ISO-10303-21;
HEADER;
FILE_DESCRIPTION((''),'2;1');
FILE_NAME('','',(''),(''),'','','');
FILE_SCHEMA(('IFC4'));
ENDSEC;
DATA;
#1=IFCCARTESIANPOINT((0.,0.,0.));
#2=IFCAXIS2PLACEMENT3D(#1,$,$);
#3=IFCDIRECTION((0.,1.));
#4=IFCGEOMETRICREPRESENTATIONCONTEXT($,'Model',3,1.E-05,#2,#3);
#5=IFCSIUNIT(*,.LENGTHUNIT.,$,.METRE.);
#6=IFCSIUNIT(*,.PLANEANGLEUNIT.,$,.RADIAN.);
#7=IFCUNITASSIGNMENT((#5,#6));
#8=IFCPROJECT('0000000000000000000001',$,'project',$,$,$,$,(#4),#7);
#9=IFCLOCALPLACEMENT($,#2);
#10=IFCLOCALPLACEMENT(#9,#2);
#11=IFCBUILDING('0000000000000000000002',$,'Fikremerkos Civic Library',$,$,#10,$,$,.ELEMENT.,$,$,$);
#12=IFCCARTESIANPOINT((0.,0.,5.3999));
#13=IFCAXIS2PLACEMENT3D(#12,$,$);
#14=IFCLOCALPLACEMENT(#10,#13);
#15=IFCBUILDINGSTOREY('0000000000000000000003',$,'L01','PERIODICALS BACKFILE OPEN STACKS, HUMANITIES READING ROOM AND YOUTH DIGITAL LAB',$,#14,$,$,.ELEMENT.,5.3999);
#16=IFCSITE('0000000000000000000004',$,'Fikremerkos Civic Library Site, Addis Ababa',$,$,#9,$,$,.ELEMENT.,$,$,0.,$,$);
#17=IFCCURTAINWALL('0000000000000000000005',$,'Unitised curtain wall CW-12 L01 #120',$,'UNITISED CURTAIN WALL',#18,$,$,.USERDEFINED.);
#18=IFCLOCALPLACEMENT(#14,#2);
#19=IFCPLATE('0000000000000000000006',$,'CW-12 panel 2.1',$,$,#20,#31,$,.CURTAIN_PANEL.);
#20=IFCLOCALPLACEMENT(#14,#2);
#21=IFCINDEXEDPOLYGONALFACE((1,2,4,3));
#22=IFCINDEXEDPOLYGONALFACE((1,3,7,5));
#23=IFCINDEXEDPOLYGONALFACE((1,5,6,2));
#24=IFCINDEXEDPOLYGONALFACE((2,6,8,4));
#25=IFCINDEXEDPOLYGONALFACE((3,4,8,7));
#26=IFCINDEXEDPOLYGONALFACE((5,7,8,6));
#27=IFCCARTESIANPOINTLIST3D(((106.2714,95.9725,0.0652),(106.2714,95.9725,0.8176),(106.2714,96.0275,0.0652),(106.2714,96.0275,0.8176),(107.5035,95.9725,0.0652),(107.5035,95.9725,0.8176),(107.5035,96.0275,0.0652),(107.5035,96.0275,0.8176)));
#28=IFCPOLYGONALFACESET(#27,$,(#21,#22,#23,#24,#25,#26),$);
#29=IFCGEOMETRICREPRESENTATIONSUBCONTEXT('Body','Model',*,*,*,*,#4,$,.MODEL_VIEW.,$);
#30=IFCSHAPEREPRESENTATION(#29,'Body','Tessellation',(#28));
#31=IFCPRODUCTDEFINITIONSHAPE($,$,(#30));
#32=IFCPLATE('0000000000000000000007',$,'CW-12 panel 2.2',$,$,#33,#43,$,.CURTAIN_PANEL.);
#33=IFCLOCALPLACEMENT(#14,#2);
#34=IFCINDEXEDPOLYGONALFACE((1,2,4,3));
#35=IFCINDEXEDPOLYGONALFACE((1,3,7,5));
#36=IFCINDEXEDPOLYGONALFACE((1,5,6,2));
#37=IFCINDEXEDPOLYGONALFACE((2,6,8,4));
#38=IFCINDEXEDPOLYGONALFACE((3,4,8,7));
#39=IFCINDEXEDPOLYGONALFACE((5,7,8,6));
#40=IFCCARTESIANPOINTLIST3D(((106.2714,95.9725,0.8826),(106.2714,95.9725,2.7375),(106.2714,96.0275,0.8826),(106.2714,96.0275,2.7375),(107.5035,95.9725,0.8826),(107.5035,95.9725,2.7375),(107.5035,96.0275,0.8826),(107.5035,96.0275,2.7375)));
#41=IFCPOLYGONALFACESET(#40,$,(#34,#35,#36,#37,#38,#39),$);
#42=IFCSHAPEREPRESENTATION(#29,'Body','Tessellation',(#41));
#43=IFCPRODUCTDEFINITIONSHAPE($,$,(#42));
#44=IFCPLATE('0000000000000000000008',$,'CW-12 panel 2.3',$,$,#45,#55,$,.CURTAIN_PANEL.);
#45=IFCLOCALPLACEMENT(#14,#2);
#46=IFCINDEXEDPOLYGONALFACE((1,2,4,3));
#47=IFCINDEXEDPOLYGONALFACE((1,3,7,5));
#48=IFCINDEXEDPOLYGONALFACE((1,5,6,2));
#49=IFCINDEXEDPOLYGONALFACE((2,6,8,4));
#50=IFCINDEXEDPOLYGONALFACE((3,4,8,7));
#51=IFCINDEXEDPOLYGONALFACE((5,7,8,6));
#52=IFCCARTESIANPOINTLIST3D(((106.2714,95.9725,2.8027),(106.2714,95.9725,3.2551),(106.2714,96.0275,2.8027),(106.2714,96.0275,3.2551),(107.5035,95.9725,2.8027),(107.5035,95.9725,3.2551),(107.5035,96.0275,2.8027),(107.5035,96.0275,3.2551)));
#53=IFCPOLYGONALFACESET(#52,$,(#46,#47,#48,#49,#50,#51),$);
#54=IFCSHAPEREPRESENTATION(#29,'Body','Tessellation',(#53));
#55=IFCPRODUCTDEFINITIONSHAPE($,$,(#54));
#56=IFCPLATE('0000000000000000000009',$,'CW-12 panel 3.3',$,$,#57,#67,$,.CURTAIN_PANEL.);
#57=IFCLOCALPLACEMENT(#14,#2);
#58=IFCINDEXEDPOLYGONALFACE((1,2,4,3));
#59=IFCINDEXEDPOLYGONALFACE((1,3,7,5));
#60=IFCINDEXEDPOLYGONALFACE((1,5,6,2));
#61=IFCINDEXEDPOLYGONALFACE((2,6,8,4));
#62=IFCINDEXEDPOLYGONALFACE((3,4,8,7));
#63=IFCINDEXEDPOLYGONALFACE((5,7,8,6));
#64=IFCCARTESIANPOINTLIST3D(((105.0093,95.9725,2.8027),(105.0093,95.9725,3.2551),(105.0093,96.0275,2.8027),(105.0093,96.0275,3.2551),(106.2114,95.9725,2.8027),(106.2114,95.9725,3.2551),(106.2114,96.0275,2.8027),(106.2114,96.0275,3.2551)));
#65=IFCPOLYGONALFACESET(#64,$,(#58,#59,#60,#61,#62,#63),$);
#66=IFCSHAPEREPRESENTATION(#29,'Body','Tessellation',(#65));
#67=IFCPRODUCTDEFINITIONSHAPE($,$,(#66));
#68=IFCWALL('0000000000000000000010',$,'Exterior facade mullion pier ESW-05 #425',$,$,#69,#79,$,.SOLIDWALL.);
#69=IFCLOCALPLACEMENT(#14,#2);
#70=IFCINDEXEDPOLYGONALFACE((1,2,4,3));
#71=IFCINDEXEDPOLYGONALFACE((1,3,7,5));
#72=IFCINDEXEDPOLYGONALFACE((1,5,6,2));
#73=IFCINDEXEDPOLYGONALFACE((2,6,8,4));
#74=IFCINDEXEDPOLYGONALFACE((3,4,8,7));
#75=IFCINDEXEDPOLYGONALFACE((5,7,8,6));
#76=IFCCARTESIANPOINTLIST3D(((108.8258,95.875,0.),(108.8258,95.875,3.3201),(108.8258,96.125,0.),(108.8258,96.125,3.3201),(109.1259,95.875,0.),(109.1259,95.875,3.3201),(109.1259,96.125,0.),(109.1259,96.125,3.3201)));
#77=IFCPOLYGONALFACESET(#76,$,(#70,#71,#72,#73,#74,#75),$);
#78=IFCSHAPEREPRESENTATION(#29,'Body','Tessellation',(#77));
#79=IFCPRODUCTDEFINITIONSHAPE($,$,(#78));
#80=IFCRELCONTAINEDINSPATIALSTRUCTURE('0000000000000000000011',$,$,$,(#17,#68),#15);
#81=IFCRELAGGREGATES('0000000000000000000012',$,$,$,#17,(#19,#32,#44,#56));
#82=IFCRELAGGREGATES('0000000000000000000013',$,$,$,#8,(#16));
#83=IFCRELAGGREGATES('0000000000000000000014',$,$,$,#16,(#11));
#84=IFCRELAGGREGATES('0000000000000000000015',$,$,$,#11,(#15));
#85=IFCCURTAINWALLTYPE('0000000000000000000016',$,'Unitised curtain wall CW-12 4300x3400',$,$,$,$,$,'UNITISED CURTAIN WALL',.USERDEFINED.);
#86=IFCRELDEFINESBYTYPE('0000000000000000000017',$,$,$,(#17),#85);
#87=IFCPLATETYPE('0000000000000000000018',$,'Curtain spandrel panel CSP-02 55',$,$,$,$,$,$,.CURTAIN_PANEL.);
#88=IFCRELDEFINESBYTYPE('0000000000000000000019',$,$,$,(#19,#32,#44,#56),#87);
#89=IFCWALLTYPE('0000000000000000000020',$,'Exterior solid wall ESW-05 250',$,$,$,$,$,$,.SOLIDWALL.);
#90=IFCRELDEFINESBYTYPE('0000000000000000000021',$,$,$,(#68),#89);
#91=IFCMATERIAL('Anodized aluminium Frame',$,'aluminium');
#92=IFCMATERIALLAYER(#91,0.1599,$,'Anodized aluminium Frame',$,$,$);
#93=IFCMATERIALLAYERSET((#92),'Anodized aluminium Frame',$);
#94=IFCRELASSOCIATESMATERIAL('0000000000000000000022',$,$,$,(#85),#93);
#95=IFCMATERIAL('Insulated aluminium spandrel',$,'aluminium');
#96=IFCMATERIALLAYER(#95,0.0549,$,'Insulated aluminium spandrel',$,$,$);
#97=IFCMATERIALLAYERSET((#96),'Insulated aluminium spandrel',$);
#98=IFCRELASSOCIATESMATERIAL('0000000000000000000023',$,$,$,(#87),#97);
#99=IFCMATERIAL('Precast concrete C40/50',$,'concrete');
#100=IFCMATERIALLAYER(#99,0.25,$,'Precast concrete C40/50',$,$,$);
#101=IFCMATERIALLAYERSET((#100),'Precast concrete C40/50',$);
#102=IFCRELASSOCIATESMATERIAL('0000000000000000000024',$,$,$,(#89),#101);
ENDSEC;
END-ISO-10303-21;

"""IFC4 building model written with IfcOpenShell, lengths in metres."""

from ifc_helpers import new_model, si_unit, direction, frame, frame_2d, origin, origin_2d, place, context, subcontext, project, spatial, rectangle, extrude, material, layer, layer_set, type_object, element, aggregate, save


model = new_model("IFC4")

# Units and contexts
model_context = context("Model", 3, precision=1e-05, world=origin(), true_north=direction((0.0, 1.0)))
body_context = subcontext(model_context, "Body", "Model", "MODEL_VIEW")
ifc_project = project(units=[si_unit("LENGTHUNIT", "METRE"), si_unit("PLANEANGLEUNIT", "RADIAN")], contexts=[model_context])

# Site, building, storey
site_placement = place(None, origin())
site = spatial("IfcSite", under=ifc_project, at=site_placement, Name="Fikremerkos Civic Library Site, Addis Ababa", CompositionType="ELEMENT", RefElevation=0.0)
building_placement = place(site_placement, origin())
building = spatial("IfcBuilding", under=site, at=building_placement, Name="Fikremerkos Civic Library", CompositionType="ELEMENT")
storey_placement = place(building_placement, frame((0.0, 0.0, 5.3999)))
storey = spatial("IfcBuildingStorey", under=building, at=storey_placement, Name="L01", Description="PERIODICALS BACKFILE OPEN STACKS, HUMANITIES READING ROOM AND YOUTH DIGITAL LAB", CompositionType="ELEMENT", Elevation=5.3999)

# Curtain wall
ifc_material_1 = material(Name="Anodized aluminium Frame", Category="aluminium")
ifc_layer_1 = layer(ifc_material_1, 0.1599, Name="Anodized aluminium Frame")
ifc_layer_set_1 = layer_set([ifc_layer_1], Name="Anodized aluminium Frame")
curtain_wall_type_1 = type_object("IfcCurtainWallType", Name="Unitised curtain wall CW-12 4300x3400", ElementType="UNITISED CURTAIN WALL", PredefinedType="USERDEFINED", material=ifc_layer_set_1)
curtain_wall_1_placement = place(storey_placement, origin())
curtain_wall_1 = element("IfcCurtainWall", 1, at=curtain_wall_1_placement, inside=storey, type_object=curtain_wall_type_1, Name="Unitised curtain wall CW-12 L01 #120", ObjectType="UNITISED CURTAIN WALL", PredefinedType="USERDEFINED")

# Plates
ifc_material_2 = material(Name="Insulated aluminium spandrel", Category="aluminium")
ifc_layer_2 = layer(ifc_material_2, 0.0549, Name="Insulated aluminium spandrel")
ifc_layer_set_2 = layer_set([ifc_layer_2], Name="Insulated aluminium spandrel")
plate_type_1 = type_object("IfcPlateType", Name="Curtain spandrel panel CSP-02 55", PredefinedType="CURTAIN_PANEL", material=ifc_layer_set_2)
plate_1_placement = place(storey_placement, frame((106.8875, 96.0, 0.0652), z_axis=(0.0, 0.0, 1.0), x_axis=(-1.0, 0.0, 0.0)))
plate_1 = element("IfcPlate", 2, at=plate_1_placement, type_object=plate_type_1, Name="CW-12 panel 2.1", PredefinedType="CURTAIN_PANEL", context=body_context, shape_type="SweptSolid", body=[
    extrude(rectangle(XDim=1.2322, YDim=0.0549, at=origin_2d()), origin(), (0.0, 0.0, 1.0), 0.7524),
])
plate_2_placement = place(storey_placement, frame((106.8875, 96.0, 0.8826), z_axis=(0.0, 0.0, 1.0), x_axis=(-1.0, 0.0, 0.0)))
plate_2 = element("IfcPlate", 3, at=plate_2_placement, type_object=plate_type_1, Name="CW-12 panel 2.2", PredefinedType="CURTAIN_PANEL", context=body_context, shape_type="SweptSolid", body=[
    extrude(rectangle(XDim=1.2322, YDim=0.0549, at=origin_2d()), origin(), (0.0, 0.0, 1.0), 1.855),
])
plate_3_placement = place(storey_placement, frame((106.8875, 96.0, 2.8027), z_axis=(0.0, 0.0, 1.0), x_axis=(-1.0, 0.0, 0.0)))
plate_3 = element("IfcPlate", 4, at=plate_3_placement, type_object=plate_type_1, Name="CW-12 panel 2.3", PredefinedType="CURTAIN_PANEL", context=body_context, shape_type="SweptSolid", body=[
    extrude(rectangle(XDim=1.2322, YDim=0.0549, at=origin_2d()), origin(), (0.0, 0.0, 1.0), 0.4524),
])
plate_4_placement = place(storey_placement, frame((105.6104, 96.0, 2.8027), z_axis=(0.0, 0.0, 1.0), x_axis=(-1.0, 0.0, 0.0)))
plate_4 = element("IfcPlate", 5, at=plate_4_placement, type_object=plate_type_1, Name="CW-12 panel 3.3", PredefinedType="CURTAIN_PANEL", context=body_context, shape_type="SweptSolid", body=[
    extrude(rectangle(XDim=1.2021, YDim=0.0549, at=origin_2d()), origin(), (0.0, 0.0, 1.0), 0.4524),
])
aggregate(curtain_wall_1, [plate_1, plate_2, plate_3, plate_4])

# Wall
ifc_material_3 = material(Name="Precast concrete C40/50", Category="concrete")
ifc_layer_3 = layer(ifc_material_3, 0.25, Name="Precast concrete C40/50")
ifc_layer_set_3 = layer_set([ifc_layer_3], Name="Precast concrete C40/50")
wall_type = type_object("IfcWallType", Name="Exterior solid wall ESW-05 250", PredefinedType="SOLIDWALL", material=ifc_layer_set_3)
wall_placement = place(storey_placement, frame((109.1257, 96.0, 0.0), z_axis=(0.0, 0.0, 1.0), x_axis=(-1.0, 0.0, 0.0)))
element("IfcWall", 6, at=wall_placement, inside=storey, type_object=wall_type, Name="Exterior facade mullion pier ESW-05 #425", PredefinedType="SOLIDWALL", context=body_context, shape_type="SweptSolid", body=[
    extrude(rectangle(XDim=0.3, YDim=0.25, at=frame_2d((0.1499, 0.0))), origin(), (0.0, 0.0, 1.0), 3.3201),
])

save(model, "model.ifc")
